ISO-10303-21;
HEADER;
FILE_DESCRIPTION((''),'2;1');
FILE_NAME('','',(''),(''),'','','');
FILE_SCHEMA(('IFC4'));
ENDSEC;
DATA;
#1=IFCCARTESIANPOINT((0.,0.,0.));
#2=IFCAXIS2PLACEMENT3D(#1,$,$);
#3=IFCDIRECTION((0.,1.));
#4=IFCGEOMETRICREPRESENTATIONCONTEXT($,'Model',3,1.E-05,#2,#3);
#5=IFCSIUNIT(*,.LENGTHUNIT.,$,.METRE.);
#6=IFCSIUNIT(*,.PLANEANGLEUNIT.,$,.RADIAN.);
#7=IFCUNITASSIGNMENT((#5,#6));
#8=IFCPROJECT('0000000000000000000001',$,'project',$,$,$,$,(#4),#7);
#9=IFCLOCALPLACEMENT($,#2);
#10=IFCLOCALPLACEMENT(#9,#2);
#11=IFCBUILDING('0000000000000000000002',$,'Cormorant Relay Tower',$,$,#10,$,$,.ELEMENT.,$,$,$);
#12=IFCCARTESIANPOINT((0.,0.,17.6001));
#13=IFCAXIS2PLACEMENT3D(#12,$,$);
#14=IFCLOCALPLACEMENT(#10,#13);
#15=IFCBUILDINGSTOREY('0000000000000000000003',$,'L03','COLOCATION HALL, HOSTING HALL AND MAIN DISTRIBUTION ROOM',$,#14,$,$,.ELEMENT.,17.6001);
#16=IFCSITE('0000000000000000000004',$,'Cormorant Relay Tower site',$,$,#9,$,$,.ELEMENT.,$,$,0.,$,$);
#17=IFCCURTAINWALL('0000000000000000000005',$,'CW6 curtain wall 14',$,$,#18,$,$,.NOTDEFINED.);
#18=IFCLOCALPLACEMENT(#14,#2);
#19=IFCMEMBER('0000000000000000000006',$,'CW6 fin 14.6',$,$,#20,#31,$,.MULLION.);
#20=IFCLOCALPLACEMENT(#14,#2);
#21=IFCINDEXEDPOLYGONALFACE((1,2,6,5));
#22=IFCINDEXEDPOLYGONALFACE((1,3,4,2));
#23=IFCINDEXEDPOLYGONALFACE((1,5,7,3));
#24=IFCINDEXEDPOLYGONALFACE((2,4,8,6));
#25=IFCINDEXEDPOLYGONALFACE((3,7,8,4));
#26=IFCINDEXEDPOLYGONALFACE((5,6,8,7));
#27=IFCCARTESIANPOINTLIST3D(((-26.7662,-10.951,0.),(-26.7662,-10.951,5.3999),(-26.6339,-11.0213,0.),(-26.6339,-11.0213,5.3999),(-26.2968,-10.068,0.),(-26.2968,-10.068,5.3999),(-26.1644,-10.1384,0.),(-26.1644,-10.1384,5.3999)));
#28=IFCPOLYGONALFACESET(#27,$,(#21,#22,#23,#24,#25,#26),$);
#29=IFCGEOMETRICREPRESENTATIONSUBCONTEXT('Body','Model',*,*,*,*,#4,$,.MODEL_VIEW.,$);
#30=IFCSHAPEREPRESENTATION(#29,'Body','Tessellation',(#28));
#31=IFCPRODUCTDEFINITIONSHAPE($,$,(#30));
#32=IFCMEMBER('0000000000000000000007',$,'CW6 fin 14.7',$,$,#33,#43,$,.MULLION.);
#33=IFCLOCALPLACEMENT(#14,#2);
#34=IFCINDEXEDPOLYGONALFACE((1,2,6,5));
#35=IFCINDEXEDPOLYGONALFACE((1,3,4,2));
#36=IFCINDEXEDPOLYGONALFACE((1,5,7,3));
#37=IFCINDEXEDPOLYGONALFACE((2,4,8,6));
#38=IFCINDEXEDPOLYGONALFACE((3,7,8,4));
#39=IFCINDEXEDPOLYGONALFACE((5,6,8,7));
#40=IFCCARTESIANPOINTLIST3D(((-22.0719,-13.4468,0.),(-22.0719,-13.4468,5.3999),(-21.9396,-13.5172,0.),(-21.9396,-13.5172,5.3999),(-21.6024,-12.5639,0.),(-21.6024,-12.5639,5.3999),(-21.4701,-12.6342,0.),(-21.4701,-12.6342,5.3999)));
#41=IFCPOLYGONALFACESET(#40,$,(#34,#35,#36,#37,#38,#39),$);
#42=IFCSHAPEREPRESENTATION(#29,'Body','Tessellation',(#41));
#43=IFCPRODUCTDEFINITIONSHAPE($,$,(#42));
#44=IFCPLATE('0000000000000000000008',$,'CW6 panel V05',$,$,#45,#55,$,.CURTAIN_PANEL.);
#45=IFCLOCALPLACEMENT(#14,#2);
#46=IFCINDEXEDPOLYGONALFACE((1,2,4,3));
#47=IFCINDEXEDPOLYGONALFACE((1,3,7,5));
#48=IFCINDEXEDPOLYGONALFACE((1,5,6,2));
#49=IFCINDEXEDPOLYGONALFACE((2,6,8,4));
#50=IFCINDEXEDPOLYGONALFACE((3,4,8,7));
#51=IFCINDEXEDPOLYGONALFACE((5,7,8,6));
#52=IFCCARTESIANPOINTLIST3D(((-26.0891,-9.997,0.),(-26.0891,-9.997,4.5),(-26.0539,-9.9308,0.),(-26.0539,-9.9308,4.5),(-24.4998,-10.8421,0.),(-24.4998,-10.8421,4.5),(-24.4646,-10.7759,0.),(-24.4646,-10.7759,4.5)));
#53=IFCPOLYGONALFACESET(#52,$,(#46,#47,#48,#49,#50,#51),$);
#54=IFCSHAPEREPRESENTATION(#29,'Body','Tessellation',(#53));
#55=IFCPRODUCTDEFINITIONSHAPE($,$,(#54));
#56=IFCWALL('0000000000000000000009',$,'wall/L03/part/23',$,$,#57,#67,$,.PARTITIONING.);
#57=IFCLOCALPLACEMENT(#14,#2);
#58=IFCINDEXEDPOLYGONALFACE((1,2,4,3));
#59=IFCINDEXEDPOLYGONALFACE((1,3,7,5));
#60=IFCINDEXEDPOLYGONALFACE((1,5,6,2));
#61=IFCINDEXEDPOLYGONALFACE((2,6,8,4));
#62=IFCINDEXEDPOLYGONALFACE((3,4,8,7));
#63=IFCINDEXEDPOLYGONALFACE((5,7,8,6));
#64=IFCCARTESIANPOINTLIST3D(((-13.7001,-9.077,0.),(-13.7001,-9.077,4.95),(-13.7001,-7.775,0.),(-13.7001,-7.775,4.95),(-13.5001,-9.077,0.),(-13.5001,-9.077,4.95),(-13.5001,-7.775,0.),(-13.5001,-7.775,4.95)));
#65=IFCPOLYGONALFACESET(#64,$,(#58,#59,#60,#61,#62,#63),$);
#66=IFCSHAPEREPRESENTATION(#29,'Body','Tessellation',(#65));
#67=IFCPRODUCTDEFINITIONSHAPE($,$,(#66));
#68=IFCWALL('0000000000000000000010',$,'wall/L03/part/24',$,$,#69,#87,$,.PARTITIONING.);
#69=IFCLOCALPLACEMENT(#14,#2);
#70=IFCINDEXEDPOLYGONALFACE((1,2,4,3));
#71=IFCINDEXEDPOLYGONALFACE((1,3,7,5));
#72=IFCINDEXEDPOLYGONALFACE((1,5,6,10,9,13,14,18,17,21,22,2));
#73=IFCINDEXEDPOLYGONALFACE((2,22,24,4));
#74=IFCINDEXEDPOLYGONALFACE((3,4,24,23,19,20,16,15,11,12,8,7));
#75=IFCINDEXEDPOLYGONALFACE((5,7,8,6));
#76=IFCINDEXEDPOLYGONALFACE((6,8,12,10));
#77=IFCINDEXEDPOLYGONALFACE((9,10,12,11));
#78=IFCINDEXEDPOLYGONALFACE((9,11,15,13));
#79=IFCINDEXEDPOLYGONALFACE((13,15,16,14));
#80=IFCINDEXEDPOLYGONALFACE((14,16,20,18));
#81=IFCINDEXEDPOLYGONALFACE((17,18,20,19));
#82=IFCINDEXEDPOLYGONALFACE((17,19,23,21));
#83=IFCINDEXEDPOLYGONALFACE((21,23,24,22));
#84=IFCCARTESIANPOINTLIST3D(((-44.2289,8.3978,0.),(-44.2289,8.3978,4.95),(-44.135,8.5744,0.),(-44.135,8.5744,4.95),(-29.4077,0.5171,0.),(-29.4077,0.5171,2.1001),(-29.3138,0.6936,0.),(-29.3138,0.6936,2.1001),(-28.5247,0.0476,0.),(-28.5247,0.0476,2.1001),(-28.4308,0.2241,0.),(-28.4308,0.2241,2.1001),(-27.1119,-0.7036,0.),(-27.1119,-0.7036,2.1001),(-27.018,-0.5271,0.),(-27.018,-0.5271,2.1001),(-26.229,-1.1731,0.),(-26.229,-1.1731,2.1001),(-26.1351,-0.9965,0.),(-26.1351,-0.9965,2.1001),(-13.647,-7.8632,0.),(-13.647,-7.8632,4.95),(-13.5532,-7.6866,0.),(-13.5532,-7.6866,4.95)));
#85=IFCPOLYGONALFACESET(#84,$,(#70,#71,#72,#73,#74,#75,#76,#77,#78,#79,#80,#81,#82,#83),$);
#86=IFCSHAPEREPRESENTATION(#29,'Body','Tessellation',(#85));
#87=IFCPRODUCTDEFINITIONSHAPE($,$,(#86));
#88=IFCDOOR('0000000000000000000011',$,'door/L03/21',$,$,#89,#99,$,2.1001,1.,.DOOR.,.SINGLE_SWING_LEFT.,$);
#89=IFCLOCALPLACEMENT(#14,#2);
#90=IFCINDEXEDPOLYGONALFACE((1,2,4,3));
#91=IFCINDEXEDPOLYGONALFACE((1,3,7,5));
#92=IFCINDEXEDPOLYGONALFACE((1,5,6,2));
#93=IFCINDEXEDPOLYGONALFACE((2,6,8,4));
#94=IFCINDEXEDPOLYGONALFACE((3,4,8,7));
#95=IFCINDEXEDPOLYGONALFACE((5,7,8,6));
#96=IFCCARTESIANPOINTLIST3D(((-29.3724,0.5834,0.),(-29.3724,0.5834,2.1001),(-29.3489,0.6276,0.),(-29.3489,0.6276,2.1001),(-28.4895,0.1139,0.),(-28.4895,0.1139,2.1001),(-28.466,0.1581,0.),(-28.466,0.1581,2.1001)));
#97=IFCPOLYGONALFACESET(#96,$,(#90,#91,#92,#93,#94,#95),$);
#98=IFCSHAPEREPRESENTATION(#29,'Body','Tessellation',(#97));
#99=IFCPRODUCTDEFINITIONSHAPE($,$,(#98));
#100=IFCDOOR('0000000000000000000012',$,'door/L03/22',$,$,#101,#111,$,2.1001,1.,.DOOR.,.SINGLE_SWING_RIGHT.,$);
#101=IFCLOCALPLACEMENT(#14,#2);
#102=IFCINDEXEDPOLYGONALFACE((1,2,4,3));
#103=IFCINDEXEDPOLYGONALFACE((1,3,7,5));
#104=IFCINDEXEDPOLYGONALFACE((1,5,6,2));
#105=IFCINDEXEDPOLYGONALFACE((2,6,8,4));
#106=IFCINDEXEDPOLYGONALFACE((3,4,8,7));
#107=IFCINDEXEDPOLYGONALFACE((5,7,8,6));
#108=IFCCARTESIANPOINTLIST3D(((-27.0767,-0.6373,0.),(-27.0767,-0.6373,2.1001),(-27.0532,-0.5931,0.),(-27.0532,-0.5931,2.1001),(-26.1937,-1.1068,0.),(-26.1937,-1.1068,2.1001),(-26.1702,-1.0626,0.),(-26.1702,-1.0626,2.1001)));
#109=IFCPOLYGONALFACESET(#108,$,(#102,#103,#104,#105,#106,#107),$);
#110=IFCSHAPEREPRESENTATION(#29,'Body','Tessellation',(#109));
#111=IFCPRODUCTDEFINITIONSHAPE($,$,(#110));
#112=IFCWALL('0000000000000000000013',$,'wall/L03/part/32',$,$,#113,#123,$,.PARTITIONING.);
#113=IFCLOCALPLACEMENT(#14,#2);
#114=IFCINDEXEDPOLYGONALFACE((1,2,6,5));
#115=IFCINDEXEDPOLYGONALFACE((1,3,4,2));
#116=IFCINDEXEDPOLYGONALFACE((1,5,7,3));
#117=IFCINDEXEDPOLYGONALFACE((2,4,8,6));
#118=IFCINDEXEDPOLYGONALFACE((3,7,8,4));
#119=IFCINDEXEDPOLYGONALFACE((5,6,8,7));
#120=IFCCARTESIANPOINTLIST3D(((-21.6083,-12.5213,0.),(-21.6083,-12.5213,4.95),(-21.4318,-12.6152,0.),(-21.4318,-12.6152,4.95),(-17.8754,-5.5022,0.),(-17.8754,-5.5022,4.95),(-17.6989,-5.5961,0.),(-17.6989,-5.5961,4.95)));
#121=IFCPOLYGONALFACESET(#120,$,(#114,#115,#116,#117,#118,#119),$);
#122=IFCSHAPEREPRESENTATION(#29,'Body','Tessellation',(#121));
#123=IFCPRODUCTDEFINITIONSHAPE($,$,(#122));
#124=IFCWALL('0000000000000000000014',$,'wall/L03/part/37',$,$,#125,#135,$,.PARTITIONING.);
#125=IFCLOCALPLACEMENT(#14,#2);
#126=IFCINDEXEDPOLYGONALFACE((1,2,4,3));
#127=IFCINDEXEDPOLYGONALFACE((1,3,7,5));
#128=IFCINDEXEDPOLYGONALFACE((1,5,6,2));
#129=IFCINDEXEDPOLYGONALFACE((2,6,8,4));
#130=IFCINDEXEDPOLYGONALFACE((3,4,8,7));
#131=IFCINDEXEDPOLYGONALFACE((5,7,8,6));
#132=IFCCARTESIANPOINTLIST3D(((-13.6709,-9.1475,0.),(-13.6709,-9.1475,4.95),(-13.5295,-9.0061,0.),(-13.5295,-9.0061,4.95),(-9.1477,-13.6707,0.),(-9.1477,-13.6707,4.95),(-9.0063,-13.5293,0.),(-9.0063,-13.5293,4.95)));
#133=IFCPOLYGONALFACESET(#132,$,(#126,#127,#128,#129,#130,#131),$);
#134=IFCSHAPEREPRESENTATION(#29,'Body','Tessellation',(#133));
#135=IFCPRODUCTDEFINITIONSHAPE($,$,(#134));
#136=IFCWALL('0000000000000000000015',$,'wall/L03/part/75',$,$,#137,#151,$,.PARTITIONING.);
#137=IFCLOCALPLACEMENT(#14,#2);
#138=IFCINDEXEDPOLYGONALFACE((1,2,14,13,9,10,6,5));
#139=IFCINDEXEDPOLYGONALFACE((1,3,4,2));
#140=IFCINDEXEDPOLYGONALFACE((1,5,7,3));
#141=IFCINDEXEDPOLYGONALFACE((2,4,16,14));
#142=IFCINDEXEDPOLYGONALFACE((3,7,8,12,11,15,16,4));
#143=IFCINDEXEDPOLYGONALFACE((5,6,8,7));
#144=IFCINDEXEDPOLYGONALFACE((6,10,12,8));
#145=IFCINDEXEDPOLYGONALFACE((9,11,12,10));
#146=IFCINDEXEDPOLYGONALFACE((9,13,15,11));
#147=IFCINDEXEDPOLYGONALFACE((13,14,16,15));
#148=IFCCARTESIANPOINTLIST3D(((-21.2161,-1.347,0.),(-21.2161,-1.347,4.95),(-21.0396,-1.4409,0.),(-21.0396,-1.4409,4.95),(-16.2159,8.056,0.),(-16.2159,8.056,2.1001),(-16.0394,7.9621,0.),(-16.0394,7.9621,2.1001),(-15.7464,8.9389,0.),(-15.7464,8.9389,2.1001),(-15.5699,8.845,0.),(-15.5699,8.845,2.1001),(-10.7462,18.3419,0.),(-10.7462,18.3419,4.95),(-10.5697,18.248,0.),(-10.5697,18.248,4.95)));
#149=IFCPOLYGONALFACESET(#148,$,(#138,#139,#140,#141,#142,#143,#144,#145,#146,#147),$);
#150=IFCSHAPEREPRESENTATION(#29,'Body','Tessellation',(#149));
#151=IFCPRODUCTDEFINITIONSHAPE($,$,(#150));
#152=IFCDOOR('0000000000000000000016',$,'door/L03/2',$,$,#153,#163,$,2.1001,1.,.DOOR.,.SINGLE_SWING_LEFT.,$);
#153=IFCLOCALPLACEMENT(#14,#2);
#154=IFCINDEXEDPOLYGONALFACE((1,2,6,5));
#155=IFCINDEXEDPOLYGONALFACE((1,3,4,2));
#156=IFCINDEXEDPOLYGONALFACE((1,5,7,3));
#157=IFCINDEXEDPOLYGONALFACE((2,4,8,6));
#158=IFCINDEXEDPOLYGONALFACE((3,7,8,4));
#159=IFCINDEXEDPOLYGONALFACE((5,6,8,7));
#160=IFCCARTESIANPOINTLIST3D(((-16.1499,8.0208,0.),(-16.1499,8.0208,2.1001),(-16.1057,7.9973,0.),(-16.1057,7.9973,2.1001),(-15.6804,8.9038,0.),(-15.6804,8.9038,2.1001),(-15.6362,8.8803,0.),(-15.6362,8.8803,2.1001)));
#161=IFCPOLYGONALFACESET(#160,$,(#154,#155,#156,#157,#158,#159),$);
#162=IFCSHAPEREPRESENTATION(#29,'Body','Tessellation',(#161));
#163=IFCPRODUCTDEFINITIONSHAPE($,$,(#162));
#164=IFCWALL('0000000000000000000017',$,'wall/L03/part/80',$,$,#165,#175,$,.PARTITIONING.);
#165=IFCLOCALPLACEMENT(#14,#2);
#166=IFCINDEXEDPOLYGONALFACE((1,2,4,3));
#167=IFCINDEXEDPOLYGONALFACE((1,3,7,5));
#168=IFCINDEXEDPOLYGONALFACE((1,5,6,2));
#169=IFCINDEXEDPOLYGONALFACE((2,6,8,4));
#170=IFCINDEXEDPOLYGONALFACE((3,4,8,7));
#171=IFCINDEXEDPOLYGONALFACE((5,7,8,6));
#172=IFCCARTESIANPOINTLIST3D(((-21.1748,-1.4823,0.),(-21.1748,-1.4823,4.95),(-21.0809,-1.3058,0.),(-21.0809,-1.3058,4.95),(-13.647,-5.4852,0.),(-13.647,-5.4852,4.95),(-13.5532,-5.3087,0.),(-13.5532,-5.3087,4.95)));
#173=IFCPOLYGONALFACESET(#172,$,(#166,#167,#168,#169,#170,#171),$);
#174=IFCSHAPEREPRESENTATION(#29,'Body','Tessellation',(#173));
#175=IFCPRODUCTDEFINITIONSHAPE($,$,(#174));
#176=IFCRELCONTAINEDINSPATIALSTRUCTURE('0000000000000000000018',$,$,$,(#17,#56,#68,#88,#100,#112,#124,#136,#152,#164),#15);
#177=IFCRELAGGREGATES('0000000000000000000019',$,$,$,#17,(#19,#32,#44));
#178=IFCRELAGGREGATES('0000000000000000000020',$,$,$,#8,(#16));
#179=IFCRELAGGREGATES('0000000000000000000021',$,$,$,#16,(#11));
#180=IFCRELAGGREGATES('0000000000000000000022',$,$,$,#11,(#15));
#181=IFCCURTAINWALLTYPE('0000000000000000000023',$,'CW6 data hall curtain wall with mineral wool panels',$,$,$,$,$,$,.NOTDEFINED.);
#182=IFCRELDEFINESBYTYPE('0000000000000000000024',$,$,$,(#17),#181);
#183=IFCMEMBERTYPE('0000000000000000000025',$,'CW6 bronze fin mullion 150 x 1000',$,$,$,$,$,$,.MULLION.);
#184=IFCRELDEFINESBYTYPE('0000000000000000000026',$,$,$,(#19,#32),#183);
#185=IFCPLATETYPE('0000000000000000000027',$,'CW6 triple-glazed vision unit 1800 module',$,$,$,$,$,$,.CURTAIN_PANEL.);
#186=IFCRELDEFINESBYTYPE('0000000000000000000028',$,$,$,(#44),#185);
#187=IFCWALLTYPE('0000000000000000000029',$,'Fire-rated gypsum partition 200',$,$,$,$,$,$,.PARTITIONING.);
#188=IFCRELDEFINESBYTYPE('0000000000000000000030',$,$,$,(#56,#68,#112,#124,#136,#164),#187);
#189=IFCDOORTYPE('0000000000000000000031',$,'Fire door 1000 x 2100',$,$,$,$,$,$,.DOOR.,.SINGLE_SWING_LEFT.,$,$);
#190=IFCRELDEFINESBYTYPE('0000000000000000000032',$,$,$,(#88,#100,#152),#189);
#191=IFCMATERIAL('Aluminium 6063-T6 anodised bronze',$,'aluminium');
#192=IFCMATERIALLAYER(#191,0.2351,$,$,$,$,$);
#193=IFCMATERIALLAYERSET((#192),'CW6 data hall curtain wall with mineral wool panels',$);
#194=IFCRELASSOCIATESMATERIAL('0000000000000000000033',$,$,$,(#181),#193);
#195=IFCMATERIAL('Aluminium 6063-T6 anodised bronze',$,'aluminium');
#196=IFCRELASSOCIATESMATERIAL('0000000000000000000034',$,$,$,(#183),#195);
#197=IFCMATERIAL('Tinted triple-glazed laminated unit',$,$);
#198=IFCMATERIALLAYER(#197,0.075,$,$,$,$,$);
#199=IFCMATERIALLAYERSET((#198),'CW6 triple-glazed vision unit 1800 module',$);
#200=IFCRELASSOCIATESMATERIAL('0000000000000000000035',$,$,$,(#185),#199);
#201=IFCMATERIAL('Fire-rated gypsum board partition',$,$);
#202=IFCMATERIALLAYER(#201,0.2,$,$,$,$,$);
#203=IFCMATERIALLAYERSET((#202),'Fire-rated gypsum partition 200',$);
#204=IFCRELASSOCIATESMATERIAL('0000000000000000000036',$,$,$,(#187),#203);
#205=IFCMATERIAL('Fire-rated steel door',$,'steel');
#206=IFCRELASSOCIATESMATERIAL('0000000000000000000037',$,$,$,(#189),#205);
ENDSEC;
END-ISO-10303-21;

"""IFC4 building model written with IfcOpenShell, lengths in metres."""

from ifc_helpers import new_model, si_unit, direction, frame, frame_2d, origin, origin_2d, place, context, subcontext, project, spatial, rectangle, extrude, material, layer, layer_set, material_profile, profile_set, type_object, element, fill, aggregate, save


model = new_model("IFC4")

# Units and contexts
model_context = context("Model", 3, precision=1e-05, world=origin(), true_north=direction((0.0, 1.0)))
body_context = subcontext(model_context, "Body", "Model", "MODEL_VIEW")
ifc_project = project(units=[si_unit("LENGTHUNIT", "METRE"), si_unit("PLANEANGLEUNIT", "RADIAN")], contexts=[model_context])

# Site, building, storey
site_placement = place(None, origin())
site = spatial("IfcSite", under=ifc_project, at=site_placement, Name="Cormorant Relay Tower site", CompositionType="ELEMENT", RefElevation=0.0)
building_placement = place(site_placement, origin())
building = spatial("IfcBuilding", under=site, at=building_placement, Name="Cormorant Relay Tower", CompositionType="ELEMENT")
storey_placement = place(building_placement, frame((0.0, 0.0, 17.6001)))
storey = spatial("IfcBuildingStorey", under=building, at=storey_placement, Name="L03", Description="COLOCATION HALL, HOSTING HALL AND MAIN DISTRIBUTION ROOM", CompositionType="ELEMENT", Elevation=17.6001)

# Curtain wall, members, plate
ifc_material_1 = material(Name="Aluminium 6063-T6 anodised bronze", Category="aluminium")
ifc_layer_1 = layer(ifc_material_1, 0.2351)
ifc_layer_set_1 = layer_set([ifc_layer_1], Name="CW6 data hall curtain wall with mineral wool panels")
curtain_wall_type = type_object("IfcCurtainWallType", Name="CW6 data hall curtain wall with mineral wool panels", PredefinedType="NOTDEFINED", material=ifc_layer_set_1)
curtain_wall_placement = place(storey_placement, origin())
curtain_wall = element("IfcCurtainWall", 1, at=curtain_wall_placement, inside=storey, type_object=curtain_wall_type, Name="CW6 curtain wall 14", PredefinedType="NOTDEFINED")
ifc_material_2 = material(Name="Aluminium 6063-T6 anodised bronze", Category="aluminium")
ifc_material_profile_1 = material_profile(ifc_material_2, rectangle(XDim=0.1499, YDim=1.0, at=origin_2d()), Name="AL 150x1000")
ifc_profile_set_1 = profile_set([ifc_material_profile_1], Name="Aluminium 6063-T6 anodised bronze")
member_type = type_object("IfcMemberType", Name="CW6 bronze fin mullion 150 x 1000", PredefinedType="MULLION", material=ifc_profile_set_1)
member_1_placement = place(storey_placement, frame((-26.4653, -10.5447, 0.0), z_axis=(0.0, 0.0, 1.0), x_axis=(0.882948, -0.469472, 0.0)))
member_1 = element("IfcMember", 2, at=member_1_placement, type_object=member_type, Name="CW6 fin 14.6", PredefinedType="MULLION", context=body_context, shape_type="SweptSolid", body=[
    extrude(rectangle(XDim=0.1499, YDim=1.0, at=origin_2d()), origin(), (0.0, 0.0, 1.0), 5.3999),
])
member_2_placement = place(storey_placement, frame((-21.771, -13.0405, 0.0), z_axis=(0.0, 0.0, 1.0), x_axis=(0.882948, -0.469472, 0.0)))
member_2 = element("IfcMember", 3, at=member_2_placement, type_object=member_type, Name="CW6 fin 14.7", PredefinedType="MULLION", context=body_context, shape_type="SweptSolid", body=[
    extrude(rectangle(XDim=0.1499, YDim=1.0, at=origin_2d()), origin(), (0.0, 0.0, 1.0), 5.3999),
])
ifc_material_3 = material(Name="Tinted triple-glazed laminated unit")
ifc_layer_2 = layer(ifc_material_3, 0.075)
ifc_layer_set_2 = layer_set([ifc_layer_2], Name="CW6 triple-glazed vision unit 1800 module")
plate_type = type_object("IfcPlateType", Name="CW6 triple-glazed vision unit 1800 module", PredefinedType="CURTAIN_PANEL", material=ifc_layer_set_2)
plate_placement = place(storey_placement, frame((-25.2769, -10.3865, 0.0), z_axis=(0.0, 0.0, 1.0), x_axis=(0.882948, -0.469472, 0.0)))
plate = element("IfcPlate", 4, at=plate_placement, type_object=plate_type, Name="CW6 panel V05", PredefinedType="CURTAIN_PANEL", context=body_context, shape_type="SweptSolid", body=[
    extrude(rectangle(XDim=1.8, YDim=0.075, at=origin_2d()), origin(), (0.0, 0.0, 1.0), 4.5),
])

# Wall
ifc_material_4 = material(Name="Fire-rated gypsum board partition")
ifc_layer_3 = layer(ifc_material_4, 0.2)
ifc_layer_set_3 = layer_set([ifc_layer_3], Name="Fire-rated gypsum partition 200")
wall_type = type_object("IfcWallType", Name="Fire-rated gypsum partition 200", PredefinedType="PARTITIONING", material=ifc_layer_set_3)
wall_1_placement = place(storey_placement, frame((-13.6001, -9.0769, 0.0), z_axis=(0.0, 0.0, 1.0), x_axis=(0.0, 1.0, 0.0)))
element("IfcWall", 5, at=wall_1_placement, inside=storey, type_object=wall_type, Name="wall/L03/part/23", PredefinedType="PARTITIONING", context=body_context, shape_type="SweptSolid", body=[
    extrude(rectangle(XDim=1.302, YDim=0.2, at=frame_2d((0.6509, 0.0))), origin(), (0.0, 0.0, 1.0), 4.95),
])

# Wall, openings, doors
wall_2_placement = place(storey_placement, frame((-13.6001, -7.7749, 0.0), z_axis=(0.0, 0.0, 1.0), x_axis=(-0.882943, 0.46948, 0.0)))
wall_2 = element("IfcWall", 6, at=wall_2_placement, inside=storey, type_object=wall_type, Name="wall/L03/part/24", PredefinedType="PARTITIONING", context=body_context, shape_type="SweptSolid", body=[
    extrude(rectangle(XDim=34.6362, YDim=0.2, at=frame_2d((17.3181, 0.0))), origin(), (0.0, 0.0, 1.0), 4.95),
])
opening_1_placement = place(wall_2_placement, frame((16.8501, 0.0, 0.0)))
opening_1 = element("IfcOpeningElement", 7, at=opening_1_placement, cuts=wall_2, PredefinedType="OPENING", context=body_context, shape_type="SweptSolid", body=[
    extrude(rectangle(XDim=1.0, YDim=2.1001, at=frame_2d((0.5, 1.05))), frame((0.0, 0.1099, 0.0), z_axis=(0.0, -1.0, 0.0), x_axis=(1.0, 0.0, 0.0)), (0.0, 0.0, 1.0), 0.22),
])
opening_2_placement = place(wall_2_placement, frame((14.25, 0.0, 0.0)))
opening_2 = element("IfcOpeningElement", 8, at=opening_2_placement, cuts=wall_2, PredefinedType="OPENING", context=body_context, shape_type="SweptSolid", body=[
    extrude(rectangle(XDim=1.0, YDim=2.1001, at=frame_2d((0.5, 1.05))), frame((0.0, 0.1099, 0.0), z_axis=(0.0, -1.0, 0.0), x_axis=(1.0, 0.0, 0.0)), (0.0, 0.0, 1.0), 0.22),
])
ifc_material_5 = material(Name="Fire-rated steel door", Category="steel")
door_type = type_object("IfcDoorType", Name="Fire door 1000 x 2100", OperationType="SINGLE_SWING_LEFT", PredefinedType="DOOR", material=ifc_material_5)
door_1_placement = place(opening_1_placement, origin())
door_1 = element("IfcDoor", 9, at=door_1_placement, inside=storey, type_object=door_type, Name="door/L03/21", OperationType="SINGLE_SWING_LEFT", OverallHeight=2.1001, OverallWidth=1.0, PredefinedType="DOOR", context=body_context, shape_type="SweptSolid", body=[
    extrude(rectangle(XDim=1.0, YDim=2.1001, at=frame_2d((0.5, 1.05))), frame((0.0, 0.0249, 0.0), z_axis=(0.0, -1.0, 0.0), x_axis=(1.0, 0.0, 0.0)), (0.0, 0.0, 1.0), 0.05),
])
fill(opening_1, door_1)
door_2_placement = place(opening_2_placement, origin())
door_2 = element("IfcDoor", 10, at=door_2_placement, inside=storey, type_object=door_type, Name="door/L03/22", OperationType="SINGLE_SWING_RIGHT", OverallHeight=2.1001, OverallWidth=1.0, PredefinedType="DOOR", context=body_context, shape_type="SweptSolid", body=[
    extrude(rectangle(XDim=1.0, YDim=2.1001, at=frame_2d((0.5, 1.05))), frame((0.0, 0.0249, 0.0), z_axis=(0.0, -1.0, 0.0), x_axis=(1.0, 0.0, 0.0)), (0.0, 0.0, 1.0), 0.05),
])
fill(opening_2, door_2)

# Walls
wall_3_placement = place(storey_placement, frame((-17.7871, -5.5491, 0.0), z_axis=(0.0, 0.0, 1.0), x_axis=(-0.469552, -0.882905, 0.0)))
element("IfcWall", 11, at=wall_3_placement, inside=storey, type_object=wall_type, Name="wall/L03/part/32", PredefinedType="PARTITIONING", context=body_context, shape_type="SweptSolid", body=[
    extrude(rectangle(XDim=7.95, YDim=0.2, at=frame_2d((3.9751, 0.0))), origin(), (0.0, 0.0, 1.0), 4.95),
])
wall_4_placement = place(storey_placement, frame((-13.6001, -9.0769, 0.0), z_axis=(0.0, 0.0, 1.0), x_axis=(0.707107, -0.707107, 0.0)))
element("IfcWall", 12, at=wall_4_placement, inside=storey, type_object=wall_type, Name="wall/L03/part/37", PredefinedType="PARTITIONING", context=body_context, shape_type="SweptSolid", body=[
    extrude(rectangle(XDim=6.3967, YDim=0.2, at=frame_2d((3.1982, 0.0))), origin(), (0.0, 0.0, 1.0), 4.95),
])

# Wall, opening, door
wall_5_placement = place(storey_placement, frame((-21.1279, -1.394, 0.0), z_axis=(0.0, 0.0, 1.0), x_axis=(0.469512, 0.882926, 0.0)))
wall_5 = element("IfcWall", 13, at=wall_5_placement, inside=storey, type_object=wall_type, Name="wall/L03/part/75", PredefinedType="PARTITIONING", context=body_context, shape_type="SweptSolid", body=[
    extrude(rectangle(XDim=22.2996, YDim=0.2, at=frame_2d((11.1499, 0.0))), origin(), (0.0, 0.0, 1.0), 4.95),
])
opening_3_placement = place(wall_5_placement, frame((10.6499, 0.0, 0.0)))
opening_3 = element("IfcOpeningElement", 14, at=opening_3_placement, cuts=wall_5, PredefinedType="OPENING", context=body_context, shape_type="SweptSolid", body=[
    extrude(rectangle(XDim=1.0, YDim=2.1001, at=frame_2d((0.5, 1.05))), frame((0.0, 0.1099, 0.0), z_axis=(0.0, -1.0, 0.0), x_axis=(1.0, 0.0, 0.0)), (0.0, 0.0, 1.0), 0.22),
])
door_3_placement = place(opening_3_placement, frame((1.0, 0.0, 0.0), z_axis=(0.0, 0.0, 1.0), x_axis=(-1.0, 0.0, 0.0)))
door_3 = element("IfcDoor", 15, at=door_3_placement, inside=storey, type_object=door_type, Name="door/L03/2", OperationType="SINGLE_SWING_LEFT", OverallHeight=2.1001, OverallWidth=1.0, PredefinedType="DOOR", context=body_context, shape_type="SweptSolid", body=[
    extrude(rectangle(XDim=1.0, YDim=2.1001, at=frame_2d((0.5, 1.05))), frame((0.0, 0.0249, 0.0), z_axis=(0.0, -1.0, 0.0), x_axis=(1.0, 0.0, 0.0)), (0.0, 0.0, 1.0), 0.05),
])
fill(opening_3, door_3)

# Wall
wall_6_placement = place(storey_placement, frame((-13.6001, -5.397, 0.0), z_axis=(0.0, 0.0, 1.0), x_axis=(-0.882933, 0.4695, 0.0)))
element("IfcWall", 16, at=wall_6_placement, inside=storey, type_object=wall_type, Name="wall/L03/part/80", PredefinedType="PARTITIONING", context=body_context, shape_type="SweptSolid", body=[
    extrude(rectangle(XDim=8.5259, YDim=0.2, at=frame_2d((4.2629, 0.0))), origin(), (0.0, 0.0, 1.0), 4.95),
])

aggregate(curtain_wall, [member_1, member_2, plate])

save(model, "model.ifc")
